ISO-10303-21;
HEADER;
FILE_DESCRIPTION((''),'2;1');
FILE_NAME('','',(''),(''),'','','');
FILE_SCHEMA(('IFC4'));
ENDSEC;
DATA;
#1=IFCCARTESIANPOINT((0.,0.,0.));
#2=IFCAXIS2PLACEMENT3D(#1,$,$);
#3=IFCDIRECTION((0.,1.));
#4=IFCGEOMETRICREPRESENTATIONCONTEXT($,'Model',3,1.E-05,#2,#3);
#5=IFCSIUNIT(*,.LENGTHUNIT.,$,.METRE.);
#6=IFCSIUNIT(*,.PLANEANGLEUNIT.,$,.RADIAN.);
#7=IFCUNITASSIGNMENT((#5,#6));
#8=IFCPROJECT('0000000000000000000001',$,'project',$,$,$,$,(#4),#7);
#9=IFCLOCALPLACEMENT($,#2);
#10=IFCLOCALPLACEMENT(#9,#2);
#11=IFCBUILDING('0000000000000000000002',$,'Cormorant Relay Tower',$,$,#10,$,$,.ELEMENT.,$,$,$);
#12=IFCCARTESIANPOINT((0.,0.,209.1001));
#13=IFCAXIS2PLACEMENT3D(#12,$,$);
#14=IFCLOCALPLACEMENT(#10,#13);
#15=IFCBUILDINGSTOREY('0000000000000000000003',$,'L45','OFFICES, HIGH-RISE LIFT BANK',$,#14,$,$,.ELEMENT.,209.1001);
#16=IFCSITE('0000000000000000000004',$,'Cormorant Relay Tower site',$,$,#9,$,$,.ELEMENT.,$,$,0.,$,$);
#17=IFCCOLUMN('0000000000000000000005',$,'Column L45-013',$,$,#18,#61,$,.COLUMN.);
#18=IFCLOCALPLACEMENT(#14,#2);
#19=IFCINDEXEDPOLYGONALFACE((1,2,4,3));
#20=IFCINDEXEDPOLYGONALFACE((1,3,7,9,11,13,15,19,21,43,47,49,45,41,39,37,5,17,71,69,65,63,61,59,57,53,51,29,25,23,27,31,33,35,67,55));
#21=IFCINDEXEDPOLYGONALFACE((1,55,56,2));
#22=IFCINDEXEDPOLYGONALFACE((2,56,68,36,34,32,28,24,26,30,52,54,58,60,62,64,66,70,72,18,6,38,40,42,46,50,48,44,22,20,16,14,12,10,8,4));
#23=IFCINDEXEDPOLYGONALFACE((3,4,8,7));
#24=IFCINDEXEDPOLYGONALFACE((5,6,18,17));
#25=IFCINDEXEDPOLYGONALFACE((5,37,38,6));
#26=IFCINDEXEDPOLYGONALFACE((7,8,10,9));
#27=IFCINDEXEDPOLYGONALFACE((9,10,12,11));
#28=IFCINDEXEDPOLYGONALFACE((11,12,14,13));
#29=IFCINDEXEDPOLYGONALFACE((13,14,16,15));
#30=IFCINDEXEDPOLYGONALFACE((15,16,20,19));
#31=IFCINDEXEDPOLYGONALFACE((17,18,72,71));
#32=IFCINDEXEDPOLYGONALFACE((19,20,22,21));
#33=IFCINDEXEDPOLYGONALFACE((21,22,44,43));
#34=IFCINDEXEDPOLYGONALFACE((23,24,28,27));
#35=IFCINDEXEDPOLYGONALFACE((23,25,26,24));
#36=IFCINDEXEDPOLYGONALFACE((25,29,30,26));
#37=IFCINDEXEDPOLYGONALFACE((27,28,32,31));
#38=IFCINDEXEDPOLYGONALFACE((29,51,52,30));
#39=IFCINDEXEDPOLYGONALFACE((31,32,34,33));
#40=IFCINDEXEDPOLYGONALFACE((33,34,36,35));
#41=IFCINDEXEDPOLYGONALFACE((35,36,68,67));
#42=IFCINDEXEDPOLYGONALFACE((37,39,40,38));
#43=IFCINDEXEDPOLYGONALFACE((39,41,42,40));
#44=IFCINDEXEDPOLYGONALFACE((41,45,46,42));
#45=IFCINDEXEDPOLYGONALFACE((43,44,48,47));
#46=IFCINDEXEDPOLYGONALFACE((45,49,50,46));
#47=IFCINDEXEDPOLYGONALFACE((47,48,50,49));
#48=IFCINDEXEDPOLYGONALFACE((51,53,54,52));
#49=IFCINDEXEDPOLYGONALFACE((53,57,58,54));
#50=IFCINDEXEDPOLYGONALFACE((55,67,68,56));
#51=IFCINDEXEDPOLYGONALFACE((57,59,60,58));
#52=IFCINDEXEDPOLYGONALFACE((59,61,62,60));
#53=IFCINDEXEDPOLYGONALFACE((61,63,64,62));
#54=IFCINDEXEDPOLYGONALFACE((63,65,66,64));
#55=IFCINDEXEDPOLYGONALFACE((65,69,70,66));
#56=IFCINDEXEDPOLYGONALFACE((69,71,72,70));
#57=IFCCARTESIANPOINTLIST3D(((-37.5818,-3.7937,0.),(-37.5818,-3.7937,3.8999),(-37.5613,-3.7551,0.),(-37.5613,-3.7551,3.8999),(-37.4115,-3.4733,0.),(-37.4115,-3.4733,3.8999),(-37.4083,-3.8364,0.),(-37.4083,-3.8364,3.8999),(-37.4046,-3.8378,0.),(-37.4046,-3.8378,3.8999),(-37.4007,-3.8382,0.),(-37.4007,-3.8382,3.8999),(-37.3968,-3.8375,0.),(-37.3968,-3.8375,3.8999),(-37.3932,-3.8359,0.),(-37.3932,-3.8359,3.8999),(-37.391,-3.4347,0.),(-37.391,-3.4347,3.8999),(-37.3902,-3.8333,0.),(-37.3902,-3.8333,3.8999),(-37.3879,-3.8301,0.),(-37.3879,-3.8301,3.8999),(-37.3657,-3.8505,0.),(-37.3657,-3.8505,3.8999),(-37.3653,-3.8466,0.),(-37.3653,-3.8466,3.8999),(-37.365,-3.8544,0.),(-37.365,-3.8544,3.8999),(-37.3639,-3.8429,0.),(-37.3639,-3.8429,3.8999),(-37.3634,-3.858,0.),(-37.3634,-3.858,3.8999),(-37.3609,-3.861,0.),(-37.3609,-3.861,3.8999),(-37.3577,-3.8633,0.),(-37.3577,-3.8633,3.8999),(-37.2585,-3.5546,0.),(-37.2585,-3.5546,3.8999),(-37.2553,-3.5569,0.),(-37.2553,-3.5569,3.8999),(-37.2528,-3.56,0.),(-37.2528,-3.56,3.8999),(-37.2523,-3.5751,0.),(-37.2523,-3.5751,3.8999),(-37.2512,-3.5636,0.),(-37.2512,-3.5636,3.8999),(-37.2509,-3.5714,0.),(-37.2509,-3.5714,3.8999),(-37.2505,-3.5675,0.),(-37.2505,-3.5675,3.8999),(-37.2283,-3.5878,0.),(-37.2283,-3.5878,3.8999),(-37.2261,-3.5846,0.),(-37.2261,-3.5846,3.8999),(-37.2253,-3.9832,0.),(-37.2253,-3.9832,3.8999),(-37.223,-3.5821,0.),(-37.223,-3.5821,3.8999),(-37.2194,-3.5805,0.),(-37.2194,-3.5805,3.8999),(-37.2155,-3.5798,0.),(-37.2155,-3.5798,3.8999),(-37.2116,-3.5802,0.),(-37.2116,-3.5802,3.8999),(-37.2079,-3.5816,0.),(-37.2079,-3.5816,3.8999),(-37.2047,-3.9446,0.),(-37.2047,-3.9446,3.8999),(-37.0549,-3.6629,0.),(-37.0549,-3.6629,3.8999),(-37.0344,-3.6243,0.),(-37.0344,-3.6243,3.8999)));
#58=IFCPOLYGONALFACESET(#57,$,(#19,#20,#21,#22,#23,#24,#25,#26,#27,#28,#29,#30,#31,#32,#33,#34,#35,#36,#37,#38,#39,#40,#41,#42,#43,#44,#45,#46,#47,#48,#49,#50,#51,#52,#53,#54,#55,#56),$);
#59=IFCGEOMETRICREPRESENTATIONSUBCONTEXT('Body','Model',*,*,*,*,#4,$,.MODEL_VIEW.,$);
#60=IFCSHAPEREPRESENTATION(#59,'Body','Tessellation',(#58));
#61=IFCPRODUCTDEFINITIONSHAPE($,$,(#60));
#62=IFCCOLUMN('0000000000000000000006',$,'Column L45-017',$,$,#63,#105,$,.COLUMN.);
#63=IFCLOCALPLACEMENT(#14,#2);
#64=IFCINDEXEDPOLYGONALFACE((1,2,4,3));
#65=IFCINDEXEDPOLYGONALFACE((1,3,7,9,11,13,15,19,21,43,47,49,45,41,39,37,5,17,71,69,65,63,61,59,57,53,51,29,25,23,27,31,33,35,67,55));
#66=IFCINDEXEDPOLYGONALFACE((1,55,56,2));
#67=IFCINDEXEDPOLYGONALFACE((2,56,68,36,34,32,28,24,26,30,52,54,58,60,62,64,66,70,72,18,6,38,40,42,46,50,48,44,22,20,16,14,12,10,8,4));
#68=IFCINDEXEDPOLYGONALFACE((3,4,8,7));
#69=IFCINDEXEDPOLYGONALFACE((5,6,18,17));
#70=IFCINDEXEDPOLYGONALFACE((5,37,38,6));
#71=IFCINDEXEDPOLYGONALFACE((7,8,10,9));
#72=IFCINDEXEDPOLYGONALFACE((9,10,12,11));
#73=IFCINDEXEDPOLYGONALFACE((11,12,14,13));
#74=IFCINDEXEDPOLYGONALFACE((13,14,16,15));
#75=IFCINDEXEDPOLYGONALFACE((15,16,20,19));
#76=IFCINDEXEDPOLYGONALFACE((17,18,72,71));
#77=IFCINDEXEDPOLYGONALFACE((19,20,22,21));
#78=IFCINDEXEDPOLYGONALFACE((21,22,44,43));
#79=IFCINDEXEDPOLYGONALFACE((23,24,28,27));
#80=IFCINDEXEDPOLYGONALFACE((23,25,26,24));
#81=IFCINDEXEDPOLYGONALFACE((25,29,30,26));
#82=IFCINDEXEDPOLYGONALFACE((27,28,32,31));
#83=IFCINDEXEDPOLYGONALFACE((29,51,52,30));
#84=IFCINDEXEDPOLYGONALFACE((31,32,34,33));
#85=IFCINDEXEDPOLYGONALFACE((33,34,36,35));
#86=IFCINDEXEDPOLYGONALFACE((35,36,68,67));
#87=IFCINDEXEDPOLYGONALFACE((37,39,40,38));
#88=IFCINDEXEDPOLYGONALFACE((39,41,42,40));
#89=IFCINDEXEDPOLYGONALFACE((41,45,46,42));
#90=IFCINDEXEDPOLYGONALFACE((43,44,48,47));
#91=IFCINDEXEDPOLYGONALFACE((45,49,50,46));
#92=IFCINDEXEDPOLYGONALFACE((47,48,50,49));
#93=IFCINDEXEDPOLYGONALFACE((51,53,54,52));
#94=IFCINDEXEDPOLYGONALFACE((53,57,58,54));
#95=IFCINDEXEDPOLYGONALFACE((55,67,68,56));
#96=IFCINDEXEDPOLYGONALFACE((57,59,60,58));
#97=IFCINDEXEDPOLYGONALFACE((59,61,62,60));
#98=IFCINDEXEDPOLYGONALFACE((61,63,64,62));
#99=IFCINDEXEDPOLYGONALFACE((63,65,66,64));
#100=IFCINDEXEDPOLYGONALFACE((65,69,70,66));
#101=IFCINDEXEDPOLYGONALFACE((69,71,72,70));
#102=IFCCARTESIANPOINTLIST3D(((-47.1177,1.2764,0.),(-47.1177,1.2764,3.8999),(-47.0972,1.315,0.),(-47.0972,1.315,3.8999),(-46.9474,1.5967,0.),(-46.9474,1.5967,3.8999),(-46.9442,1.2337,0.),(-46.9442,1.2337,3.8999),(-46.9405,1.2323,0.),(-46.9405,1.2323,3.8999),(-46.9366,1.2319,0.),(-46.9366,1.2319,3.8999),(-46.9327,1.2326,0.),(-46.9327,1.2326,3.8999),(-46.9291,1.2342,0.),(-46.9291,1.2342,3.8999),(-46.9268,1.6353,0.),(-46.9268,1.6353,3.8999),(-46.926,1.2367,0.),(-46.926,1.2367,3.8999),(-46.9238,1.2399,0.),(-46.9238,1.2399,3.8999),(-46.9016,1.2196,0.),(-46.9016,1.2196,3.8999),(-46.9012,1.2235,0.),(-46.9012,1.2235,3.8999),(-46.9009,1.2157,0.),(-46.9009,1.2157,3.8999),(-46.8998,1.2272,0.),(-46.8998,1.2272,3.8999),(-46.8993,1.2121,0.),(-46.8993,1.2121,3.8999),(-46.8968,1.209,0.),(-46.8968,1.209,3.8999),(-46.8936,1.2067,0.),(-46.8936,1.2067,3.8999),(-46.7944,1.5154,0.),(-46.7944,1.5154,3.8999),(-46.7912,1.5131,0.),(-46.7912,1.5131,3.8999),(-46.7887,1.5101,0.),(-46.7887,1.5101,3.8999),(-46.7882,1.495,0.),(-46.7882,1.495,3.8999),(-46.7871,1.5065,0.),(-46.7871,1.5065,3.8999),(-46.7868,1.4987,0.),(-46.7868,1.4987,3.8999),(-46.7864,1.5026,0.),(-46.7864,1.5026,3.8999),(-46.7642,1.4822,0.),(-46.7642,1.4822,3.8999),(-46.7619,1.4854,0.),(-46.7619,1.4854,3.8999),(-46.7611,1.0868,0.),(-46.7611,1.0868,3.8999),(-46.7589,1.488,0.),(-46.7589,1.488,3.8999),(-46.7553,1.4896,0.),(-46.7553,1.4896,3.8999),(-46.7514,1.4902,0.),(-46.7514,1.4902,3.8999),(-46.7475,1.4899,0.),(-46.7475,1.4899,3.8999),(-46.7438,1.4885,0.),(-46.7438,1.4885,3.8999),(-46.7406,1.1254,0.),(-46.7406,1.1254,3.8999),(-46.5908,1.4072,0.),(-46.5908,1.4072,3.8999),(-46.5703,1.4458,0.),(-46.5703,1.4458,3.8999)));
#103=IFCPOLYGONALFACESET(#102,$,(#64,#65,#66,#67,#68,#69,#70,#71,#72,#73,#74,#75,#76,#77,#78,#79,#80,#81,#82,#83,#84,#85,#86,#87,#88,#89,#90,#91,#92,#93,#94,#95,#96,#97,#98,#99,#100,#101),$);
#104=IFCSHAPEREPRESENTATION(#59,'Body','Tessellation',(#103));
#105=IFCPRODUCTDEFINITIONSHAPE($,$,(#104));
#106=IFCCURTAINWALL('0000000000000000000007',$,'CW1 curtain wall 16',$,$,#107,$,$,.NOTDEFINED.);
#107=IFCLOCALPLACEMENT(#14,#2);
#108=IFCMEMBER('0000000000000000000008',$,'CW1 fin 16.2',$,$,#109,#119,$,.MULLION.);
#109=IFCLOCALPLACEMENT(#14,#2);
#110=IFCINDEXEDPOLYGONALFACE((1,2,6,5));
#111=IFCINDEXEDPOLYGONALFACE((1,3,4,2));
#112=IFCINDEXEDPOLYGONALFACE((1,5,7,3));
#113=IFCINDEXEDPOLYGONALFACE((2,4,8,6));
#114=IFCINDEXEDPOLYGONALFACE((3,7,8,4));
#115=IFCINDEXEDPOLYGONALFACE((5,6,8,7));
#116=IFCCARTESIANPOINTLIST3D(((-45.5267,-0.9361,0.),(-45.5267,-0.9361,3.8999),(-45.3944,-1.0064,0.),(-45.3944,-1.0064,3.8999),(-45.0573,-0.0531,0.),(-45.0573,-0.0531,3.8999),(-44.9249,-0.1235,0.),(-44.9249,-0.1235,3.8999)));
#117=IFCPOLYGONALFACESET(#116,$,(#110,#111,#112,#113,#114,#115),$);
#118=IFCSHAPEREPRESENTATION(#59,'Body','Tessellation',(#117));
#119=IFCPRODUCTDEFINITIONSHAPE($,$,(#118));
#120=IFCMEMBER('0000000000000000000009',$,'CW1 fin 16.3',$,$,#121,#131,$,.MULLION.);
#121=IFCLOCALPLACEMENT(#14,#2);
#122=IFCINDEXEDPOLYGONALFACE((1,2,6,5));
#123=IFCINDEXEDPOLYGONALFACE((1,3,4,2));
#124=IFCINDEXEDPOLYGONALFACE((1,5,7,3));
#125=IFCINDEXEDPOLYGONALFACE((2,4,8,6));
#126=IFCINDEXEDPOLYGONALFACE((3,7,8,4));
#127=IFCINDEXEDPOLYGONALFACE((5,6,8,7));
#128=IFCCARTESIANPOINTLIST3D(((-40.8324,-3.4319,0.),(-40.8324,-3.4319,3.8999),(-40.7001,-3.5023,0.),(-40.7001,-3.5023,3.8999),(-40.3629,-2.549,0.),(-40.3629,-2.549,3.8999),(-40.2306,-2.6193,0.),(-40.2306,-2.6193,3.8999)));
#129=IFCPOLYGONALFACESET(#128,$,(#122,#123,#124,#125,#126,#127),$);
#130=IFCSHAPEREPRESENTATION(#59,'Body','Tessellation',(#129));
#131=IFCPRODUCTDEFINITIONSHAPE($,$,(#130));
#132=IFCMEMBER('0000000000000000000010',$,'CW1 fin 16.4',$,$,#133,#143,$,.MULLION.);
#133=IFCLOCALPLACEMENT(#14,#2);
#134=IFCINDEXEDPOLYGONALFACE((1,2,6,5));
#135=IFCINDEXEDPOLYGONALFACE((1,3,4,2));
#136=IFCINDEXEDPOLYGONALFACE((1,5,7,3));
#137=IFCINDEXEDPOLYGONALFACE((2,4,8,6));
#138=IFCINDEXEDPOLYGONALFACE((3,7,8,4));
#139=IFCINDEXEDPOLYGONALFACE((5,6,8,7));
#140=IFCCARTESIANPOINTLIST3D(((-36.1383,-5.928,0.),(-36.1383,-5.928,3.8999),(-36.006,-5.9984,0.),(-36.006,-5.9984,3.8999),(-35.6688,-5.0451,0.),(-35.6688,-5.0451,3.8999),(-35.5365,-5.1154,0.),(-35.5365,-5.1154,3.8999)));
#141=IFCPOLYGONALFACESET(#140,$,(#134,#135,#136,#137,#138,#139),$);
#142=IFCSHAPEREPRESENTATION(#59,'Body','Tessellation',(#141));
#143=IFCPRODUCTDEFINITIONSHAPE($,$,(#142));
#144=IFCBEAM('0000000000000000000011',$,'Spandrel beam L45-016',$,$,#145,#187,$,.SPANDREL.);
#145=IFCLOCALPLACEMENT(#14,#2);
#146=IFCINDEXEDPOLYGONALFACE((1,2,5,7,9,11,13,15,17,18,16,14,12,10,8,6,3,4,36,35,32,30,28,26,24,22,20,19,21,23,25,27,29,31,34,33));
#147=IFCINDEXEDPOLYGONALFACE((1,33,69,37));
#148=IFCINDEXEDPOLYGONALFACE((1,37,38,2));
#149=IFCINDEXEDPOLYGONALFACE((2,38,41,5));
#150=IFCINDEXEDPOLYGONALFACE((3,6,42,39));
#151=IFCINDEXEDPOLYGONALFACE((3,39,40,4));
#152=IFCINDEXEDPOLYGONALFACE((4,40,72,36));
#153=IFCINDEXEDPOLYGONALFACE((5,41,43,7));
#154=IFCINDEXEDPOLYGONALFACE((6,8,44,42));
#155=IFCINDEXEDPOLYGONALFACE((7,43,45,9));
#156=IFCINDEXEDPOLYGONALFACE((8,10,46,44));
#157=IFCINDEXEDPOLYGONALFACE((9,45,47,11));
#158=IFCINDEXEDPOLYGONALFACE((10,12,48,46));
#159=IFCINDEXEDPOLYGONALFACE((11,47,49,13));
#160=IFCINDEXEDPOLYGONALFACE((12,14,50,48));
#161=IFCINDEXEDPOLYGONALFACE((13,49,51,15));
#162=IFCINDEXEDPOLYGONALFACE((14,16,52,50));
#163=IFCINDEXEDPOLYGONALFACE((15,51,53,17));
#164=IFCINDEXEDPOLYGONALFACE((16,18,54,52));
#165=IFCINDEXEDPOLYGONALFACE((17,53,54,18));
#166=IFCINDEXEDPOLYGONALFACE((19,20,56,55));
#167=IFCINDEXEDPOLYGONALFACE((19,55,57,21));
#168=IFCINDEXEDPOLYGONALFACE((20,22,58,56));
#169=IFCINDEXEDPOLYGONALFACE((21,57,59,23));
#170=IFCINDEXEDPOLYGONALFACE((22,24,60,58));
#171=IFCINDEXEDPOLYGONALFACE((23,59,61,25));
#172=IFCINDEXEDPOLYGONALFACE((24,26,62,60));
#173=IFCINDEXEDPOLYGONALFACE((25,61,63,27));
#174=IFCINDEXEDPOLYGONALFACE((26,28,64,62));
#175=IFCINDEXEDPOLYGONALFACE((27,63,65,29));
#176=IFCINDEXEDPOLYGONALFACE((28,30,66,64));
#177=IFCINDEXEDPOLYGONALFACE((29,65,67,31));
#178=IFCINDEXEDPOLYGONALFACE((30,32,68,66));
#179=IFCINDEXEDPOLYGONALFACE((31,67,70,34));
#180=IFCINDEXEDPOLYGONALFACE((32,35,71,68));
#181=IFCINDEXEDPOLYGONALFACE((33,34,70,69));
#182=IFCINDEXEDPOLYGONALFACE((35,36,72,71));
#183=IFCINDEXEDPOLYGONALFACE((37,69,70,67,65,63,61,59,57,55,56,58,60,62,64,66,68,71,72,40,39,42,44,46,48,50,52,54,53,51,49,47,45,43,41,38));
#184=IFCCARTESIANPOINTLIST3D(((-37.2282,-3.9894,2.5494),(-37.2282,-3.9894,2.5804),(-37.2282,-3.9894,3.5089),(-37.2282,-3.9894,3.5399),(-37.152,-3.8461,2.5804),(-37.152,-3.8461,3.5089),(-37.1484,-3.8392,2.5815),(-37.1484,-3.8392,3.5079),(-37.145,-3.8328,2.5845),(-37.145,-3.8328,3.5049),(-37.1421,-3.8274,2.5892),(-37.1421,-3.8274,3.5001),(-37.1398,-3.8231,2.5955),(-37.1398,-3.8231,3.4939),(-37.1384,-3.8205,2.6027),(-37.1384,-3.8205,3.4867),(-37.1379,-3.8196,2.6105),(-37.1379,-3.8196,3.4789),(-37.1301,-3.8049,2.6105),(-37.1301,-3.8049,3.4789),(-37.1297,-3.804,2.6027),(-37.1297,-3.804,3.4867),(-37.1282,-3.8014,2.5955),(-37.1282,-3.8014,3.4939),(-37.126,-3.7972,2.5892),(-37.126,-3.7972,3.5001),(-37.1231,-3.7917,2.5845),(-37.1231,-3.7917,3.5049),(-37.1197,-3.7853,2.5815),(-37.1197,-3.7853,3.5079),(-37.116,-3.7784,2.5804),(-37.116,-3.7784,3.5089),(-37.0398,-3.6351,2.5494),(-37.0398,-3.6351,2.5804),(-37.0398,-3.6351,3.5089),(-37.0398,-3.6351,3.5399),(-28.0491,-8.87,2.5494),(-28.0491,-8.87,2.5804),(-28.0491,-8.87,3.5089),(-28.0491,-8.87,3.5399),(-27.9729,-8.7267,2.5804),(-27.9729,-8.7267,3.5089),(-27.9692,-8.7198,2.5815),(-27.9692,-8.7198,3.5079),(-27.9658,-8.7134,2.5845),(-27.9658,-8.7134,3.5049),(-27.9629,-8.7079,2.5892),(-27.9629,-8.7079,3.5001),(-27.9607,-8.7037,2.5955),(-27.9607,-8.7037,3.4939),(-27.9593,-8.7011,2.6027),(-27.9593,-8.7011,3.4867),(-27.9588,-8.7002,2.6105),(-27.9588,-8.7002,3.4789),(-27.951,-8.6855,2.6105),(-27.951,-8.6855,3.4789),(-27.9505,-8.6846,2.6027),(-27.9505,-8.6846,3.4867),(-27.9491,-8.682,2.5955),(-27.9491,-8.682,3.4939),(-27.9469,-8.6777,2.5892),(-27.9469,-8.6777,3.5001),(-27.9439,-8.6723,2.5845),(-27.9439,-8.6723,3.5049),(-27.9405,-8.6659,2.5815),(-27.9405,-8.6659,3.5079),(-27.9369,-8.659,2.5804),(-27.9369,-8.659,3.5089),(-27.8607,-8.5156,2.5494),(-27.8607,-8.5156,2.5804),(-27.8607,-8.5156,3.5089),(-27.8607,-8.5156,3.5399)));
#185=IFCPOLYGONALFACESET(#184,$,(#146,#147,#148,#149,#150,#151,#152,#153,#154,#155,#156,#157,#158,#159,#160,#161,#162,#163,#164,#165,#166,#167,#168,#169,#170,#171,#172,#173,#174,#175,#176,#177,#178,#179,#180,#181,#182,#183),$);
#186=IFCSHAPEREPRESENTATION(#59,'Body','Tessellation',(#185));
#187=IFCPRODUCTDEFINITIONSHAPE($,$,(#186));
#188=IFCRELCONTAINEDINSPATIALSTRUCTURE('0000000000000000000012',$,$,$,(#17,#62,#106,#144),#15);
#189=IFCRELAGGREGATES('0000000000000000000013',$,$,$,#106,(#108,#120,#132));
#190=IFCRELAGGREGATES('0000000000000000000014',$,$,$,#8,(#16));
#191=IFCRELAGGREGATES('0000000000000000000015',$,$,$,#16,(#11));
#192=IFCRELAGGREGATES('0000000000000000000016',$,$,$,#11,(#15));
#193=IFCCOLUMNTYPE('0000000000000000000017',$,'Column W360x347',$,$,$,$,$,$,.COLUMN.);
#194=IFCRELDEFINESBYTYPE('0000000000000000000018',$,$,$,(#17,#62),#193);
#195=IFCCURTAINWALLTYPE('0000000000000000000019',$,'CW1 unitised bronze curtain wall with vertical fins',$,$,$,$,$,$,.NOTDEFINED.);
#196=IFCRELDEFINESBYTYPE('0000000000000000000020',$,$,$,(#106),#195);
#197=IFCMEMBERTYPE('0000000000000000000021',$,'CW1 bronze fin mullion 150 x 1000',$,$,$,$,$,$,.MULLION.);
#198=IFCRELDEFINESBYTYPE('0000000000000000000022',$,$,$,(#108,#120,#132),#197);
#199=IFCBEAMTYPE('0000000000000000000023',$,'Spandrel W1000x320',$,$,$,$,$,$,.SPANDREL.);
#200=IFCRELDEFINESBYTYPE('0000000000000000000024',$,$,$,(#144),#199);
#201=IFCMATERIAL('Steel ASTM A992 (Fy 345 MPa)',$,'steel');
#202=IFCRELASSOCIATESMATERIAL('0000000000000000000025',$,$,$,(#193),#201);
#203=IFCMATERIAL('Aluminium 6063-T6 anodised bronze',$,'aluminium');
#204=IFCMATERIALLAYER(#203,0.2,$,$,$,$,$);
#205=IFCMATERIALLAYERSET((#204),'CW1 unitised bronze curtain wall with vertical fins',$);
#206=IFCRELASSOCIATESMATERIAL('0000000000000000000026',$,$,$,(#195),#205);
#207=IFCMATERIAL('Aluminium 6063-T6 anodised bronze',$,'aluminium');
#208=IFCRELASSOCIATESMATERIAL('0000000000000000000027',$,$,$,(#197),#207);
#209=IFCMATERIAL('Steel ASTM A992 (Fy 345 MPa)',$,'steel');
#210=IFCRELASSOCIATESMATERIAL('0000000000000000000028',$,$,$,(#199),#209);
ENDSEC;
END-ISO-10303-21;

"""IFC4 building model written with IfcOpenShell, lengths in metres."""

from ifc_helpers import new_model, si_unit, direction, frame, origin, origin_2d, place, context, subcontext, project, spatial, rectangle, i_section, extrude, material, layer, layer_set, material_profile, profile_set, type_object, element, aggregate, save


model = new_model("IFC4")

# Units and contexts
model_context = context("Model", 3, precision=1e-05, world=origin(), true_north=direction((0.0, 1.0)))
body_context = subcontext(model_context, "Body", "Model", "MODEL_VIEW")
ifc_project = project(units=[si_unit("LENGTHUNIT", "METRE"), si_unit("PLANEANGLEUNIT", "RADIAN")], contexts=[model_context])

# Site, building, storey
site_placement = place(None, origin())
site = spatial("IfcSite", under=ifc_project, at=site_placement, Name="Cormorant Relay Tower site", CompositionType="ELEMENT", RefElevation=0.0)
building_placement = place(site_placement, origin())
building = spatial("IfcBuilding", under=site, at=building_placement, Name="Cormorant Relay Tower", CompositionType="ELEMENT")
storey_placement = place(building_placement, frame((0.0, 0.0, 209.1001)))
storey = spatial("IfcBuildingStorey", under=building, at=storey_placement, Name="L45", Description="OFFICES, HIGH-RISE LIFT BANK", CompositionType="ELEMENT", Elevation=209.1001)

# Columns
ifc_material_1 = material(Name="Steel ASTM A992 (Fy 345 MPa)", Category="steel")
ifc_material_profile_1 = material_profile(ifc_material_1, i_section(OverallWidth=0.4038, OverallDepth=0.4065, WebThickness=0.0271, FlangeThickness=0.0437, FilletRadius=0.0151, at=origin_2d()), Name="W360x347")
ifc_profile_set_1 = profile_set([ifc_material_profile_1], Name="Steel ASTM A992 (Fy 345 MPa)")
column_type = type_object("IfcColumnType", Name="Column W360x347", PredefinedType="COLUMN", material=ifc_profile_set_1)
for number, where, z_axis, x_axis, name in (
    (1, (-37.3081, -3.709, 0.0), (0.0, 0.0, 1.0), (0.882948, -0.469472, 0.0), "Column L45-013"),
    (2, (-46.844, 1.3611, 0.0), (0.0, 0.0, 1.0), (0.882948, -0.469472, 0.0), "Column L45-017"),
):
    element("IfcColumn", number, at=place(storey_placement, frame(where, z_axis=z_axis, x_axis=x_axis)), inside=storey, type_object=column_type, Name=name, PredefinedType="COLUMN", context=body_context, shape_type="SweptSolid", body=[
        extrude(i_section(OverallWidth=0.4038, OverallDepth=0.4065, WebThickness=0.0271, FlangeThickness=0.0437, FilletRadius=0.0151, at=origin_2d()), origin(), (0.0, 0.0, 1.0), 3.8999),
    ])

# Curtain wall, members
ifc_material_2 = material(Name="Aluminium 6063-T6 anodised bronze", Category="aluminium")
ifc_layer_1 = layer(ifc_material_2, 0.2)
ifc_layer_set_1 = layer_set([ifc_layer_1], Name="CW1 unitised bronze curtain wall with vertical fins")
curtain_wall_type = type_object("IfcCurtainWallType", Name="CW1 unitised bronze curtain wall with vertical fins", PredefinedType="NOTDEFINED", material=ifc_layer_set_1)
curtain_wall_placement = place(storey_placement, origin())
curtain_wall = element("IfcCurtainWall", 3, at=curtain_wall_placement, inside=storey, type_object=curtain_wall_type, Name="CW1 curtain wall 16", PredefinedType="NOTDEFINED")
ifc_material_3 = material(Name="Aluminium 6063-T6 anodised bronze", Category="aluminium")
ifc_material_profile_2 = material_profile(ifc_material_3, rectangle(XDim=0.1499, YDim=1.0, at=origin_2d()), Name="AL 150x1000")
ifc_profile_set_2 = profile_set([ifc_material_profile_2], Name="Aluminium 6063-T6 anodised bronze")
member_type = type_object("IfcMemberType", Name="CW1 bronze fin mullion 150 x 1000", PredefinedType="MULLION", material=ifc_profile_set_2)
member_1_placement = place(storey_placement, frame((-45.2258, -0.5298, 0.0), z_axis=(0.0, 0.0, 1.0), x_axis=(0.882948, -0.469472, 0.0)))
member_1 = element("IfcMember", 4, at=member_1_placement, type_object=member_type, Name="CW1 fin 16.2", PredefinedType="MULLION", context=body_context, shape_type="SweptSolid", body=[
    extrude(rectangle(XDim=0.1499, YDim=1.0, at=origin_2d()), origin(), (0.0, 0.0, 1.0), 3.8999),
])
member_2_placement = place(storey_placement, frame((-40.5315, -3.0256, 0.0), z_axis=(0.0, 0.0, 1.0), x_axis=(0.882948, -0.469472, 0.0)))
member_2 = element("IfcMember", 5, at=member_2_placement, type_object=member_type, Name="CW1 fin 16.3", PredefinedType="MULLION", context=body_context, shape_type="SweptSolid", body=[
    extrude(rectangle(XDim=0.1499, YDim=1.0, at=origin_2d()), origin(), (0.0, 0.0, 1.0), 3.8999),
])
member_3_placement = place(storey_placement, frame((-35.8374, -5.5217, 0.0), z_axis=(0.0, 0.0, 1.0), x_axis=(0.882948, -0.469472, 0.0)))
member_3 = element("IfcMember", 6, at=member_3_placement, type_object=member_type, Name="CW1 fin 16.4", PredefinedType="MULLION", context=body_context, shape_type="SweptSolid", body=[
    extrude(rectangle(XDim=0.1499, YDim=1.0, at=origin_2d()), origin(), (0.0, 0.0, 1.0), 3.8999),
])

# Beam
ifc_material_4 = material(Name="Steel ASTM A992 (Fy 345 MPa)", Category="steel")
ifc_material_profile_3 = material_profile(ifc_material_4, i_section(OverallWidth=0.4014, OverallDepth=0.9905, WebThickness=0.0166, FlangeThickness=0.031, FilletRadius=0.03, at=origin_2d()), Name="W1000x320")
ifc_profile_set_3 = profile_set([ifc_material_profile_3], Name="Steel ASTM A992 (Fy 345 MPa)")
beam_type_1 = type_object("IfcBeamType", Name="Spandrel W1000x320", PredefinedType="SPANDREL", material=ifc_profile_set_3)
beam_1_placement = place(storey_placement, frame((-37.134, -3.8123, 3.0447), z_axis=(0.88295, -0.469468, 0.0), x_axis=(0.469468, 0.88295, 0.0)))
element("IfcBeam", 7, at=beam_1_placement, inside=storey, type_object=beam_type_1, Name="Spandrel beam L45-016", PredefinedType="SPANDREL", context=body_context, shape_type="SweptSolid", body=[
    extrude(i_section(OverallWidth=0.4014, OverallDepth=0.9905, WebThickness=0.0166, FlangeThickness=0.031, FilletRadius=0.03, at=origin_2d()), origin(), (0.0, 0.0, 1.0), 10.396),
])

aggregate(curtain_wall, [member_1, member_2, member_3])

save(model, "model.ifc")
